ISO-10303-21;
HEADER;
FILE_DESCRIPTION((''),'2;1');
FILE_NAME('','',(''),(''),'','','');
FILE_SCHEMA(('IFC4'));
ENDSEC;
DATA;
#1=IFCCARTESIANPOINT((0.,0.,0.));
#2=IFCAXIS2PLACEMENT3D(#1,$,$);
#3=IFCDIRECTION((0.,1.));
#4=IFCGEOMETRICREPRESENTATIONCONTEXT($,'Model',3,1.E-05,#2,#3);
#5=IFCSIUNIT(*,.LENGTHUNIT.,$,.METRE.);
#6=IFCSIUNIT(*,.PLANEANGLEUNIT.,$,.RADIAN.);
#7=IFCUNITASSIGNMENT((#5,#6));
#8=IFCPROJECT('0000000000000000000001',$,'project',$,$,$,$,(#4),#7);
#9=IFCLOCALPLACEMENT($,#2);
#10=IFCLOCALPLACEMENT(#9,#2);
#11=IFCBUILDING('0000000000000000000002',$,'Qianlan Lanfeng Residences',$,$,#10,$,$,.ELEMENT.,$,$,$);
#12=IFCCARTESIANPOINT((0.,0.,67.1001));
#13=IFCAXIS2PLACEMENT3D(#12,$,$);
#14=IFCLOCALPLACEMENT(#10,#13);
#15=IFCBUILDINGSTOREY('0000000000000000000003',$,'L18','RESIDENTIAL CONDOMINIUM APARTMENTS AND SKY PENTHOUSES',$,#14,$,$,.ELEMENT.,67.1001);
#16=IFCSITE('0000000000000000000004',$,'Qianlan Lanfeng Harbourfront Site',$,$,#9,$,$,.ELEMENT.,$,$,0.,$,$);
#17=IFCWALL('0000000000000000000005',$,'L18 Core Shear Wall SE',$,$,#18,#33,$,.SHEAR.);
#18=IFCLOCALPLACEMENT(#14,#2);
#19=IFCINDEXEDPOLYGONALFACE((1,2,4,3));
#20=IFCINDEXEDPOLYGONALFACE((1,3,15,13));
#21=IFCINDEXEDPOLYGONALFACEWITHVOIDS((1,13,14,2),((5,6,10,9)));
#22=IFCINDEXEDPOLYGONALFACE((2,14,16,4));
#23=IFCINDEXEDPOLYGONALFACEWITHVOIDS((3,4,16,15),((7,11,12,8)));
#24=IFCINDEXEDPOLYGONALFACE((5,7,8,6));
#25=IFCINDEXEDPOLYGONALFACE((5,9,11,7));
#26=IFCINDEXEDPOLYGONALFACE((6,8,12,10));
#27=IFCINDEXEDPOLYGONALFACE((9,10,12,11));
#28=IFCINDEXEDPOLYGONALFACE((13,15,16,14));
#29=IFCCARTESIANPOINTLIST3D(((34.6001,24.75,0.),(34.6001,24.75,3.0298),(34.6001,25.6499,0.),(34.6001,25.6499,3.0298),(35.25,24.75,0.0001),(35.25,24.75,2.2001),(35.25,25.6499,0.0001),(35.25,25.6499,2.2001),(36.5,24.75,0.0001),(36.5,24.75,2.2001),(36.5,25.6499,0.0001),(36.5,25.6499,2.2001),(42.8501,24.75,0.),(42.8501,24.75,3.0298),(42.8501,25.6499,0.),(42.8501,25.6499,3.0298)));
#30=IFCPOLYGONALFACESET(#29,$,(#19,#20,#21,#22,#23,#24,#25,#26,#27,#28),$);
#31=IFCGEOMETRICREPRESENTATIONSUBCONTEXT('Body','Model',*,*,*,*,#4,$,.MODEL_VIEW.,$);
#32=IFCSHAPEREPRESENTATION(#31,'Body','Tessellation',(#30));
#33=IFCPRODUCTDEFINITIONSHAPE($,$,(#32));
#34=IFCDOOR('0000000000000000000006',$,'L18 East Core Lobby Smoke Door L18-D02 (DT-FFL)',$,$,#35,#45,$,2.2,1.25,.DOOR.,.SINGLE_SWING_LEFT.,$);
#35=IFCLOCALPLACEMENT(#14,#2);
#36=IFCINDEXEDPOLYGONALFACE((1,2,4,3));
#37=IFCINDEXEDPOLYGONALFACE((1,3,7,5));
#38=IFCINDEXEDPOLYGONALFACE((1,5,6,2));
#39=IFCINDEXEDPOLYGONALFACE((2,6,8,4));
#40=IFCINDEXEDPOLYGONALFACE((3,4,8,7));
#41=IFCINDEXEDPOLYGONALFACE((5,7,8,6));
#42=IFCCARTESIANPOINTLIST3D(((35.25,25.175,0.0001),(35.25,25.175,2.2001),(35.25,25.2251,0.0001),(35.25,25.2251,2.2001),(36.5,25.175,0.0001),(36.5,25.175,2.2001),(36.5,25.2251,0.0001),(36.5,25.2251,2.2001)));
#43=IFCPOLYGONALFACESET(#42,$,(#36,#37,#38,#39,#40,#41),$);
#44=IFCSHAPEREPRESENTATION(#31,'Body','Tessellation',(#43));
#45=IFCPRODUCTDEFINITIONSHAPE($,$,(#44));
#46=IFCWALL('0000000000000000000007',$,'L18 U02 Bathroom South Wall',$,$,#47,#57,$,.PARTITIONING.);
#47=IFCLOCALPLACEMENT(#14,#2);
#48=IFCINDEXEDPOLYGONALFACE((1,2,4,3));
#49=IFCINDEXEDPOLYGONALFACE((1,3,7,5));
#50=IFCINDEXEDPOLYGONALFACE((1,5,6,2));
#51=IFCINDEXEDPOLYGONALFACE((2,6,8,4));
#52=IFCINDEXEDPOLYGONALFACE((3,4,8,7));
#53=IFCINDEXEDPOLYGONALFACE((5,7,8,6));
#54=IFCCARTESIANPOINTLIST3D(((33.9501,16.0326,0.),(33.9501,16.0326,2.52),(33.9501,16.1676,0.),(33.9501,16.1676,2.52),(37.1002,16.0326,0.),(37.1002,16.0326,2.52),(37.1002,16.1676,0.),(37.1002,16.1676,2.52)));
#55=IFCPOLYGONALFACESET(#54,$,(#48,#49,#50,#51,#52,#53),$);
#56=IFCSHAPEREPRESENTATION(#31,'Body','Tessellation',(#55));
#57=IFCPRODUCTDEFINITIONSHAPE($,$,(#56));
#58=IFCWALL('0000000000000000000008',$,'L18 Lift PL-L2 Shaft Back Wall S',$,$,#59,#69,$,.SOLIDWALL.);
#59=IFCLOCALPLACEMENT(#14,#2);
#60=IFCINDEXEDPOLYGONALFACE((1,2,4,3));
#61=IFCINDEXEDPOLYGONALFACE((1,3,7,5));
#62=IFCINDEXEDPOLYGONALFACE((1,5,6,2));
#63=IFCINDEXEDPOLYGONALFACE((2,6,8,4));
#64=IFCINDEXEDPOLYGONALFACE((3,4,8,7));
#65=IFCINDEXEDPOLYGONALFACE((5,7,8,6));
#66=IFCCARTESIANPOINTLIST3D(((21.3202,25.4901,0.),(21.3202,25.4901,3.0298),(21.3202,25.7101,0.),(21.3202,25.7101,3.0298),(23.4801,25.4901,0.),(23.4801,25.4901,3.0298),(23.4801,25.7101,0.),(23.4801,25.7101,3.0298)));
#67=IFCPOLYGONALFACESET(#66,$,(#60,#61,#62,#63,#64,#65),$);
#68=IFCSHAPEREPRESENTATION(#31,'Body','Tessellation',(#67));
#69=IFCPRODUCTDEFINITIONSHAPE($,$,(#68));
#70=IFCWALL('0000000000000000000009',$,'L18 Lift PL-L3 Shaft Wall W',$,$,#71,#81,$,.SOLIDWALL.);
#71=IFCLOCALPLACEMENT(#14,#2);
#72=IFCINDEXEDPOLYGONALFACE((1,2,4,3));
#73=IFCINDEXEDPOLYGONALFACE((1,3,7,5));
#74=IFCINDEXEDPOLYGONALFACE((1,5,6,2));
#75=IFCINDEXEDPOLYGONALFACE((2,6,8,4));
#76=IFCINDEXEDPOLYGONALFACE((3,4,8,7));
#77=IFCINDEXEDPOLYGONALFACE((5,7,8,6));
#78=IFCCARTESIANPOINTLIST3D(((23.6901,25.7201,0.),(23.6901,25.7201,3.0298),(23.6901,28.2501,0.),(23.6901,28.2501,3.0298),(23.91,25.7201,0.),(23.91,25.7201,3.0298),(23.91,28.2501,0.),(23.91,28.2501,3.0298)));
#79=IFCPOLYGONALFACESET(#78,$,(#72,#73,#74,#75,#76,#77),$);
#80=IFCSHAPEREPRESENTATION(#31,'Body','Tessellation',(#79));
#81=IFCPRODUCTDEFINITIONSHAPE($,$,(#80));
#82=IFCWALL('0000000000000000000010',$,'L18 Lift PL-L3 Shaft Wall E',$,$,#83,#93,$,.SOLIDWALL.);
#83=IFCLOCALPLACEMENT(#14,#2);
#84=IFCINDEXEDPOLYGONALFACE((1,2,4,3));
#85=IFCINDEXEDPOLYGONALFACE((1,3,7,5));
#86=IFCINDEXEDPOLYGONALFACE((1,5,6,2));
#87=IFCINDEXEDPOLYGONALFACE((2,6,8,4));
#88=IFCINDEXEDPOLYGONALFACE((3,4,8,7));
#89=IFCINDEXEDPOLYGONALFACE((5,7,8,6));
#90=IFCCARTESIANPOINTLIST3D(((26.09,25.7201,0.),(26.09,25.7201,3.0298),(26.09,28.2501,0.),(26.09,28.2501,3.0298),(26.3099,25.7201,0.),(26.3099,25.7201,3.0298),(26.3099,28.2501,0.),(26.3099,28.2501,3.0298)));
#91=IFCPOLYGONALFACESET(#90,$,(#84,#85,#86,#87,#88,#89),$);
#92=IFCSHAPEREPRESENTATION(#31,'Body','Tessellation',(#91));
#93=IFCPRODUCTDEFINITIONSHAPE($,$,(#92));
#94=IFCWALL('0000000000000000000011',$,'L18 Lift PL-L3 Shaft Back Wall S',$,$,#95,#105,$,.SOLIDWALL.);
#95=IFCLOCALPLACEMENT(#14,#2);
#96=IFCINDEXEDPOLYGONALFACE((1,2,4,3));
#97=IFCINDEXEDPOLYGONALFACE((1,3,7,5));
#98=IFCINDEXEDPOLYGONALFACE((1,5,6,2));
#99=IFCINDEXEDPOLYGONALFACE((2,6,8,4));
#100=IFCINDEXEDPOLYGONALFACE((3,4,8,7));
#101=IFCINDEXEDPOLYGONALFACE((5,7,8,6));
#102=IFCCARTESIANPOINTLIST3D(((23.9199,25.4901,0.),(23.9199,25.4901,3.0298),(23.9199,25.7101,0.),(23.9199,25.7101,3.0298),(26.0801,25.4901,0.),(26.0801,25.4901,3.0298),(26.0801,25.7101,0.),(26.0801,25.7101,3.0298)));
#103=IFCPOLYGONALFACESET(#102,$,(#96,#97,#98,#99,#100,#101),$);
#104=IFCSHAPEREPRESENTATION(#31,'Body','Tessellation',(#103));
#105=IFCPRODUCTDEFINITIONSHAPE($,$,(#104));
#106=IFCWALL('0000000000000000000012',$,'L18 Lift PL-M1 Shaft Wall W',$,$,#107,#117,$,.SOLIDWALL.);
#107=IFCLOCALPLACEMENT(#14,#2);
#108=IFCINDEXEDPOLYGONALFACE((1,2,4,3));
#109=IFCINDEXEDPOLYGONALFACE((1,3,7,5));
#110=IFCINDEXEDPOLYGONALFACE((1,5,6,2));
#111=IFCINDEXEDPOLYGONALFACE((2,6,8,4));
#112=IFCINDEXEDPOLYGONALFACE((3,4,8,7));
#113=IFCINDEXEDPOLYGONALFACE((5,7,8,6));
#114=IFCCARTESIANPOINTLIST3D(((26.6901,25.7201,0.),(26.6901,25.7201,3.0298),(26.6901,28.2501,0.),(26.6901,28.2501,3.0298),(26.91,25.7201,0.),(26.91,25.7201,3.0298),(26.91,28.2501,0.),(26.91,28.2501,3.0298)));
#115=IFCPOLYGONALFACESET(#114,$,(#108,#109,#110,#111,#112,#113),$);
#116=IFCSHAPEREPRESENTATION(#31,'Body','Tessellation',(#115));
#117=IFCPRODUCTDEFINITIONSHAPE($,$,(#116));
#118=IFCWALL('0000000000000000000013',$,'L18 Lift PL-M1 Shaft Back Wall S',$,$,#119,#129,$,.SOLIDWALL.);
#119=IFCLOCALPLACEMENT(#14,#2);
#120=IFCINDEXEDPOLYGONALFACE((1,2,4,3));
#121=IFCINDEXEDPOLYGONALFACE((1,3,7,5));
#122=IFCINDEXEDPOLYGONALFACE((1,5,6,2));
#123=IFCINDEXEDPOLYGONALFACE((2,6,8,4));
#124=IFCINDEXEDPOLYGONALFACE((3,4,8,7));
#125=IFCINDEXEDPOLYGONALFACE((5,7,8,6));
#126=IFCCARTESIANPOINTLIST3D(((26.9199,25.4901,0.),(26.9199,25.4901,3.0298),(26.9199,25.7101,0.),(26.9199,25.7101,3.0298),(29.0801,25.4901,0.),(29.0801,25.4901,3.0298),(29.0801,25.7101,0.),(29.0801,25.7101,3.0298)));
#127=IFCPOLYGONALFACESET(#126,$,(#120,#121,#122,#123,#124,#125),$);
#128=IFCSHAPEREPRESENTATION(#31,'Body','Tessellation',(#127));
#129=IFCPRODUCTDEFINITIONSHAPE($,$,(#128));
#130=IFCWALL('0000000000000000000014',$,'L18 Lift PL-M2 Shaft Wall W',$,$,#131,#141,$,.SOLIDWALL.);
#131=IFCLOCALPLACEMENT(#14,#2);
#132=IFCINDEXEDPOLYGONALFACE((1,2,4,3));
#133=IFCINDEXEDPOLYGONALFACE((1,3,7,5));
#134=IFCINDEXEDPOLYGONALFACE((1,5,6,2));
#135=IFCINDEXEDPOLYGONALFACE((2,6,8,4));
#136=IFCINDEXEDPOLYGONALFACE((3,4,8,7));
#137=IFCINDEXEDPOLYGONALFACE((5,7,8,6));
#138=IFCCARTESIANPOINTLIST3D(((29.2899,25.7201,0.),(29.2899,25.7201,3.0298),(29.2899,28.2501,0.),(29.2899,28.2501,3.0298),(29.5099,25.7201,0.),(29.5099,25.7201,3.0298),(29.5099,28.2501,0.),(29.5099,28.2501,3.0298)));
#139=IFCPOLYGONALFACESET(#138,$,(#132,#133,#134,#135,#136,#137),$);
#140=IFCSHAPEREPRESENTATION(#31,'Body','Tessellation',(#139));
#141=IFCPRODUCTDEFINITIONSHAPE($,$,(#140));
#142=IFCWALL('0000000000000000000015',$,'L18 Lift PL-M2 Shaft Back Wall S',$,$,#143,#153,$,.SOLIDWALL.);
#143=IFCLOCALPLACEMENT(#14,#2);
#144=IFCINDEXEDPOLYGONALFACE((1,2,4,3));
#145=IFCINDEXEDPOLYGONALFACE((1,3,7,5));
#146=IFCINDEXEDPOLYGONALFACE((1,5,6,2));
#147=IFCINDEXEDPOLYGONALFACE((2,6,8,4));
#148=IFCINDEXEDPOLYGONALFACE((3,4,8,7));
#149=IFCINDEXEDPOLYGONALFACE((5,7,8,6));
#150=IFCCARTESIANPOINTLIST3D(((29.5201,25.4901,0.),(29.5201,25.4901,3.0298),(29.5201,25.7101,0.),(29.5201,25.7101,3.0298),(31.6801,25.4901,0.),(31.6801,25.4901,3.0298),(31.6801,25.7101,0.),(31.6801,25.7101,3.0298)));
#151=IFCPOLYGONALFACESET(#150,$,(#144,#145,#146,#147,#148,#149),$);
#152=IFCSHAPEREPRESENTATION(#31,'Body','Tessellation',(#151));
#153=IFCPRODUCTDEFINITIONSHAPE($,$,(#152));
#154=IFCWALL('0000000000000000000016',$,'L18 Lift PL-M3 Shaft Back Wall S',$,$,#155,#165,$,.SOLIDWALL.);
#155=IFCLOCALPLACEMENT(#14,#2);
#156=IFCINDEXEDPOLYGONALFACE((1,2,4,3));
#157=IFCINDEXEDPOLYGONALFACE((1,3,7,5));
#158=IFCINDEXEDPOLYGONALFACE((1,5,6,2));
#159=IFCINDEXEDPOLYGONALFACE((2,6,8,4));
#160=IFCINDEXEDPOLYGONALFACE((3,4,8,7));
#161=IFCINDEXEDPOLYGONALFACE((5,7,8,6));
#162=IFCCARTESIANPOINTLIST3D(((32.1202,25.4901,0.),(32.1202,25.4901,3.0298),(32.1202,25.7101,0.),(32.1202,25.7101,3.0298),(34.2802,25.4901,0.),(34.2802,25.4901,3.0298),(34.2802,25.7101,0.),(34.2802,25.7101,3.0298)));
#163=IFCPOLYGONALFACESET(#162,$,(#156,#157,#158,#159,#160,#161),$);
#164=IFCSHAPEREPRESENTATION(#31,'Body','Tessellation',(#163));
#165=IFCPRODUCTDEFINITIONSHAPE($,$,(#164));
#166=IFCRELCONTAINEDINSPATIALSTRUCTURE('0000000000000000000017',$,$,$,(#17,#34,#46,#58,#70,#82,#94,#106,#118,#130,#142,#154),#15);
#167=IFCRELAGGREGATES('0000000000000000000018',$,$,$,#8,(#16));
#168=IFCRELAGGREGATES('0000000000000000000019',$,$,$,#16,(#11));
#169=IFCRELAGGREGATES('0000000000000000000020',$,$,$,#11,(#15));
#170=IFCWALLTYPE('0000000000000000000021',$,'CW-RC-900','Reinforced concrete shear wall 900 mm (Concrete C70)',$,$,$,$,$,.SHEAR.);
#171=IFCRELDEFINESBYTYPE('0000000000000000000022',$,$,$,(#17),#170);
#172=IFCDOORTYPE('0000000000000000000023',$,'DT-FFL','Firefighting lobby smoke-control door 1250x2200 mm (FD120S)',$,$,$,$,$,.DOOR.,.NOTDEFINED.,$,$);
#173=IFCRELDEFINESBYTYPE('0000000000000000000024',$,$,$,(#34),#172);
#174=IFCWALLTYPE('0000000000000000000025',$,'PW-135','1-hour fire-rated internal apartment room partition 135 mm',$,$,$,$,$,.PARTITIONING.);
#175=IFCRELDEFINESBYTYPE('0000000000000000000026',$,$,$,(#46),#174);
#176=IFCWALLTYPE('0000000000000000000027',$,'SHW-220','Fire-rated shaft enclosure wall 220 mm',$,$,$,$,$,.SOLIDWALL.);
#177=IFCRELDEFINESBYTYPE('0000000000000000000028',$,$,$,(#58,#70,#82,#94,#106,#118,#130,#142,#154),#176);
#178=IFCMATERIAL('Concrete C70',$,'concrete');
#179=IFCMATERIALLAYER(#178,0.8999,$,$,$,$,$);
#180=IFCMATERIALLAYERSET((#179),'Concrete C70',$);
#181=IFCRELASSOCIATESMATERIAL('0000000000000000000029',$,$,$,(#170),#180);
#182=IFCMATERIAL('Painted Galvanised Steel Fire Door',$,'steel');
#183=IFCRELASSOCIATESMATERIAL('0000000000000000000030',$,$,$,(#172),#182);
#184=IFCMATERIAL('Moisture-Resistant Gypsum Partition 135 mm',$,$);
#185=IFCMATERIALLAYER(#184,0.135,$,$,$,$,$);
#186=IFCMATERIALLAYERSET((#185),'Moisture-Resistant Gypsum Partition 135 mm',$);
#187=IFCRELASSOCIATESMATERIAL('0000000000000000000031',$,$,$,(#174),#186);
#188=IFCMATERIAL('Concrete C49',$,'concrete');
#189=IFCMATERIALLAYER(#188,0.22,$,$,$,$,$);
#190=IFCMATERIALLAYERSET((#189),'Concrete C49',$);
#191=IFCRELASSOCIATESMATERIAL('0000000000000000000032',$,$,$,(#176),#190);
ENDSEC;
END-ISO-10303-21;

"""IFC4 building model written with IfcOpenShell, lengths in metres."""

from ifc_helpers import new_model, si_unit, direction, frame, frame_2d, origin, place, context, subcontext, project, spatial, rectangle, extrude, material, layer, layer_set, type_object, element, fill, save


model = new_model("IFC4")

# Units and contexts
model_context = context("Model", 3, precision=1e-05, world=origin(), true_north=direction((0.0, 1.0)))
body_context = subcontext(model_context, "Body", "Model", "MODEL_VIEW")
ifc_project = project(units=[si_unit("LENGTHUNIT", "METRE"), si_unit("PLANEANGLEUNIT", "RADIAN")], contexts=[model_context])

# Site, building, storey
site_placement = place(None, origin())
site = spatial("IfcSite", under=ifc_project, at=site_placement, Name="Qianlan Lanfeng Harbourfront Site", CompositionType="ELEMENT", RefElevation=0.0)
building_placement = place(site_placement, origin())
building = spatial("IfcBuilding", under=site, at=building_placement, Name="Qianlan Lanfeng Residences", CompositionType="ELEMENT")
storey_placement = place(building_placement, frame((0.0, 0.0, 67.1001)))
storey = spatial("IfcBuildingStorey", under=building, at=storey_placement, Name="L18", Description="RESIDENTIAL CONDOMINIUM APARTMENTS AND SKY PENTHOUSES", CompositionType="ELEMENT", Elevation=67.1001)

# Wall, opening, door
ifc_material_1 = material(Name="Concrete C70", Category="concrete")
ifc_layer_1 = layer(ifc_material_1, 0.8999)
ifc_layer_set_1 = layer_set([ifc_layer_1], Name="Concrete C70")
wall_type_1 = type_object("IfcWallType", Name="CW-RC-900", Description="Reinforced concrete shear wall 900 mm (Concrete C70)", PredefinedType="SHEAR", material=ifc_layer_set_1)
wall_1_placement = place(storey_placement, frame((34.6001, 25.2, 0.0), z_axis=(0.0, 0.0, 1.0), x_axis=(1.0, 0.0, 0.0)))
wall_1 = element("IfcWall", 1, at=wall_1_placement, inside=storey, type_object=wall_type_1, Name="L18 Core Shear Wall SE", PredefinedType="SHEAR", context=body_context, shape_type="SweptSolid", body=[
    extrude(rectangle(XDim=8.25, YDim=0.8999, at=frame_2d((4.125, 0.0))), origin(), (0.0, 0.0, 1.0), 3.0298),
])
opening_1_placement = place(wall_1_placement, frame((0.6499, 0.0, 0.0)))
opening_1 = element("IfcOpeningElement", 2, at=opening_1_placement, cuts=wall_1, PredefinedType="OPENING", context=body_context, shape_type="SweptSolid", body=[
    extrude(rectangle(XDim=1.25, YDim=2.2, at=frame_2d((0.625, 1.1001))), frame((0.0, 0.46, 0.0), z_axis=(0.0, -1.0, 0.0), x_axis=(1.0, 0.0, 0.0)), (0.0, 0.0, 1.0), 0.9199),
])
ifc_material_2 = material(Name="Painted Galvanised Steel Fire Door", Category="steel")
door_type_1 = type_object("IfcDoorType", Name="DT-FFL", Description="Firefighting lobby smoke-control door 1250x2200 mm (FD120S)", OperationType="NOTDEFINED", PredefinedType="DOOR", material=ifc_material_2)
door_1_placement = place(opening_1_placement, frame((1.25, 0.0, 0.0), z_axis=(0.0, 0.0, 1.0), x_axis=(-1.0, 0.0, 0.0)))
door_1 = element("IfcDoor", 3, at=door_1_placement, inside=storey, type_object=door_type_1, Name="L18 East Core Lobby Smoke Door L18-D02 (DT-FFL)", OperationType="SINGLE_SWING_LEFT", OverallHeight=2.2, OverallWidth=1.25, PredefinedType="DOOR", context=body_context, shape_type="SweptSolid", body=[
    extrude(rectangle(XDim=1.25, YDim=2.2, at=frame_2d((0.625, 1.1001))), frame((0.0, 0.0249, 0.0), z_axis=(0.0, -1.0, 0.0), x_axis=(1.0, 0.0, 0.0)), (0.0, 0.0, 1.0), 0.05),
])
fill(opening_1, door_1)

# Wall
ifc_material_3 = material(Name="Moisture-Resistant Gypsum Partition 135 mm")
ifc_layer_2 = layer(ifc_material_3, 0.135)
ifc_layer_set_2 = layer_set([ifc_layer_2], Name="Moisture-Resistant Gypsum Partition 135 mm")
wall_type_2 = type_object("IfcWallType", Name="PW-135", Description="1-hour fire-rated internal apartment room partition 135 mm", PredefinedType="PARTITIONING", material=ifc_layer_set_2)
wall_2_placement = place(storey_placement, frame((33.95, 16.1001, 0.0), z_axis=(0.0, 0.0, 1.0), x_axis=(1.0, 0.0, 0.0)))
element("IfcWall", 4, at=wall_2_placement, inside=storey, type_object=wall_type_2, Name="L18 U02 Bathroom South Wall", PredefinedType="PARTITIONING", context=body_context, shape_type="SweptSolid", body=[
    extrude(rectangle(XDim=3.1501, YDim=0.135, at=frame_2d((1.5752, 0.0))), origin(), (0.0, 0.0, 1.0), 2.52),
])

# Walls
ifc_material_4 = material(Name="Concrete C49", Category="concrete")
ifc_layer_3 = layer(ifc_material_4, 0.22)
ifc_layer_set_3 = layer_set([ifc_layer_3], Name="Concrete C49")
wall_type_3 = type_object("IfcWallType", Name="SHW-220", Description="Fire-rated shaft enclosure wall 220 mm", PredefinedType="SOLIDWALL", material=ifc_layer_set_3)
wall_3_placement = place(storey_placement, frame((21.3201, 25.6001, 0.0), z_axis=(0.0, 0.0, 1.0), x_axis=(1.0, 0.0, 0.0)))
element("IfcWall", 5, at=wall_3_placement, inside=storey, type_object=wall_type_3, Name="L18 Lift PL-L2 Shaft Back Wall S", PredefinedType="SOLIDWALL", context=body_context, shape_type="SweptSolid", body=[
    extrude(rectangle(XDim=2.1599, YDim=0.22, at=frame_2d((1.0801, 0.0))), origin(), (0.0, 0.0, 1.0), 3.0298),
])
for number, where, z_axis, x_axis, name in (
    (6, (23.8, 25.72, 0.0), (0.0, 0.0, 1.0), (0.0, 1.0, 0.0), "L18 Lift PL-L3 Shaft Wall W"),
    (7, (26.2, 25.72, 0.0), (0.0, 0.0, 1.0), (0.0, 1.0, 0.0), "L18 Lift PL-L3 Shaft Wall E"),
):
    element("IfcWall", number, at=place(storey_placement, frame(where, z_axis=z_axis, x_axis=x_axis)), inside=storey, type_object=wall_type_3, Name=name, PredefinedType="SOLIDWALL", context=body_context, shape_type="SweptSolid", body=[
        extrude(rectangle(XDim=2.53, YDim=0.22, at=frame_2d((1.2651, 0.0))), origin(), (0.0, 0.0, 1.0), 3.0298),
    ])
wall_4_placement = place(storey_placement, frame((23.9199, 25.6001, 0.0), z_axis=(0.0, 0.0, 1.0), x_axis=(1.0, 0.0, 0.0)))
element("IfcWall", 8, at=wall_4_placement, inside=storey, type_object=wall_type_3, Name="L18 Lift PL-L3 Shaft Back Wall S", PredefinedType="SOLIDWALL", context=body_context, shape_type="SweptSolid", body=[
    extrude(rectangle(XDim=2.1602, YDim=0.22, at=frame_2d((1.0801, 0.0))), origin(), (0.0, 0.0, 1.0), 3.0298),
])
wall_5_placement = place(storey_placement, frame((26.8, 25.72, 0.0), z_axis=(0.0, 0.0, 1.0), x_axis=(0.0, 1.0, 0.0)))
element("IfcWall", 9, at=wall_5_placement, inside=storey, type_object=wall_type_3, Name="L18 Lift PL-M1 Shaft Wall W", PredefinedType="SOLIDWALL", context=body_context, shape_type="SweptSolid", body=[
    extrude(rectangle(XDim=2.53, YDim=0.22, at=frame_2d((1.2651, 0.0))), origin(), (0.0, 0.0, 1.0), 3.0298),
])
wall_6_placement = place(storey_placement, frame((26.9199, 25.6001, 0.0), z_axis=(0.0, 0.0, 1.0), x_axis=(1.0, 0.0, 0.0)))
element("IfcWall", 10, at=wall_6_placement, inside=storey, type_object=wall_type_3, Name="L18 Lift PL-M1 Shaft Back Wall S", PredefinedType="SOLIDWALL", context=body_context, shape_type="SweptSolid", body=[
    extrude(rectangle(XDim=2.1602, YDim=0.22, at=frame_2d((1.0801, 0.0))), origin(), (0.0, 0.0, 1.0), 3.0298),
])
wall_7_placement = place(storey_placement, frame((29.3999, 25.72, 0.0), z_axis=(0.0, 0.0, 1.0), x_axis=(0.0, 1.0, 0.0)))
element("IfcWall", 11, at=wall_7_placement, inside=storey, type_object=wall_type_3, Name="L18 Lift PL-M2 Shaft Wall W", PredefinedType="SOLIDWALL", context=body_context, shape_type="SweptSolid", body=[
    extrude(rectangle(XDim=2.53, YDim=0.22, at=frame_2d((1.2651, 0.0))), origin(), (0.0, 0.0, 1.0), 3.0298),
])
for number, where, z_axis, x_axis, name in (
    (12, (29.52, 25.6001, 0.0), (0.0, 0.0, 1.0), (1.0, 0.0, 0.0), "L18 Lift PL-M2 Shaft Back Wall S"),
    (13, (32.1201, 25.6001, 0.0), (0.0, 0.0, 1.0), (1.0, 0.0, 0.0), "L18 Lift PL-M3 Shaft Back Wall S"),
):
    element("IfcWall", number, at=place(storey_placement, frame(where, z_axis=z_axis, x_axis=x_axis)), inside=storey, type_object=wall_type_3, Name=name, PredefinedType="SOLIDWALL", context=body_context, shape_type="SweptSolid", body=[
        extrude(rectangle(XDim=2.1599, YDim=0.22, at=frame_2d((1.0801, 0.0))), origin(), (0.0, 0.0, 1.0), 3.0298),
    ])

save(model, "model.ifc")
